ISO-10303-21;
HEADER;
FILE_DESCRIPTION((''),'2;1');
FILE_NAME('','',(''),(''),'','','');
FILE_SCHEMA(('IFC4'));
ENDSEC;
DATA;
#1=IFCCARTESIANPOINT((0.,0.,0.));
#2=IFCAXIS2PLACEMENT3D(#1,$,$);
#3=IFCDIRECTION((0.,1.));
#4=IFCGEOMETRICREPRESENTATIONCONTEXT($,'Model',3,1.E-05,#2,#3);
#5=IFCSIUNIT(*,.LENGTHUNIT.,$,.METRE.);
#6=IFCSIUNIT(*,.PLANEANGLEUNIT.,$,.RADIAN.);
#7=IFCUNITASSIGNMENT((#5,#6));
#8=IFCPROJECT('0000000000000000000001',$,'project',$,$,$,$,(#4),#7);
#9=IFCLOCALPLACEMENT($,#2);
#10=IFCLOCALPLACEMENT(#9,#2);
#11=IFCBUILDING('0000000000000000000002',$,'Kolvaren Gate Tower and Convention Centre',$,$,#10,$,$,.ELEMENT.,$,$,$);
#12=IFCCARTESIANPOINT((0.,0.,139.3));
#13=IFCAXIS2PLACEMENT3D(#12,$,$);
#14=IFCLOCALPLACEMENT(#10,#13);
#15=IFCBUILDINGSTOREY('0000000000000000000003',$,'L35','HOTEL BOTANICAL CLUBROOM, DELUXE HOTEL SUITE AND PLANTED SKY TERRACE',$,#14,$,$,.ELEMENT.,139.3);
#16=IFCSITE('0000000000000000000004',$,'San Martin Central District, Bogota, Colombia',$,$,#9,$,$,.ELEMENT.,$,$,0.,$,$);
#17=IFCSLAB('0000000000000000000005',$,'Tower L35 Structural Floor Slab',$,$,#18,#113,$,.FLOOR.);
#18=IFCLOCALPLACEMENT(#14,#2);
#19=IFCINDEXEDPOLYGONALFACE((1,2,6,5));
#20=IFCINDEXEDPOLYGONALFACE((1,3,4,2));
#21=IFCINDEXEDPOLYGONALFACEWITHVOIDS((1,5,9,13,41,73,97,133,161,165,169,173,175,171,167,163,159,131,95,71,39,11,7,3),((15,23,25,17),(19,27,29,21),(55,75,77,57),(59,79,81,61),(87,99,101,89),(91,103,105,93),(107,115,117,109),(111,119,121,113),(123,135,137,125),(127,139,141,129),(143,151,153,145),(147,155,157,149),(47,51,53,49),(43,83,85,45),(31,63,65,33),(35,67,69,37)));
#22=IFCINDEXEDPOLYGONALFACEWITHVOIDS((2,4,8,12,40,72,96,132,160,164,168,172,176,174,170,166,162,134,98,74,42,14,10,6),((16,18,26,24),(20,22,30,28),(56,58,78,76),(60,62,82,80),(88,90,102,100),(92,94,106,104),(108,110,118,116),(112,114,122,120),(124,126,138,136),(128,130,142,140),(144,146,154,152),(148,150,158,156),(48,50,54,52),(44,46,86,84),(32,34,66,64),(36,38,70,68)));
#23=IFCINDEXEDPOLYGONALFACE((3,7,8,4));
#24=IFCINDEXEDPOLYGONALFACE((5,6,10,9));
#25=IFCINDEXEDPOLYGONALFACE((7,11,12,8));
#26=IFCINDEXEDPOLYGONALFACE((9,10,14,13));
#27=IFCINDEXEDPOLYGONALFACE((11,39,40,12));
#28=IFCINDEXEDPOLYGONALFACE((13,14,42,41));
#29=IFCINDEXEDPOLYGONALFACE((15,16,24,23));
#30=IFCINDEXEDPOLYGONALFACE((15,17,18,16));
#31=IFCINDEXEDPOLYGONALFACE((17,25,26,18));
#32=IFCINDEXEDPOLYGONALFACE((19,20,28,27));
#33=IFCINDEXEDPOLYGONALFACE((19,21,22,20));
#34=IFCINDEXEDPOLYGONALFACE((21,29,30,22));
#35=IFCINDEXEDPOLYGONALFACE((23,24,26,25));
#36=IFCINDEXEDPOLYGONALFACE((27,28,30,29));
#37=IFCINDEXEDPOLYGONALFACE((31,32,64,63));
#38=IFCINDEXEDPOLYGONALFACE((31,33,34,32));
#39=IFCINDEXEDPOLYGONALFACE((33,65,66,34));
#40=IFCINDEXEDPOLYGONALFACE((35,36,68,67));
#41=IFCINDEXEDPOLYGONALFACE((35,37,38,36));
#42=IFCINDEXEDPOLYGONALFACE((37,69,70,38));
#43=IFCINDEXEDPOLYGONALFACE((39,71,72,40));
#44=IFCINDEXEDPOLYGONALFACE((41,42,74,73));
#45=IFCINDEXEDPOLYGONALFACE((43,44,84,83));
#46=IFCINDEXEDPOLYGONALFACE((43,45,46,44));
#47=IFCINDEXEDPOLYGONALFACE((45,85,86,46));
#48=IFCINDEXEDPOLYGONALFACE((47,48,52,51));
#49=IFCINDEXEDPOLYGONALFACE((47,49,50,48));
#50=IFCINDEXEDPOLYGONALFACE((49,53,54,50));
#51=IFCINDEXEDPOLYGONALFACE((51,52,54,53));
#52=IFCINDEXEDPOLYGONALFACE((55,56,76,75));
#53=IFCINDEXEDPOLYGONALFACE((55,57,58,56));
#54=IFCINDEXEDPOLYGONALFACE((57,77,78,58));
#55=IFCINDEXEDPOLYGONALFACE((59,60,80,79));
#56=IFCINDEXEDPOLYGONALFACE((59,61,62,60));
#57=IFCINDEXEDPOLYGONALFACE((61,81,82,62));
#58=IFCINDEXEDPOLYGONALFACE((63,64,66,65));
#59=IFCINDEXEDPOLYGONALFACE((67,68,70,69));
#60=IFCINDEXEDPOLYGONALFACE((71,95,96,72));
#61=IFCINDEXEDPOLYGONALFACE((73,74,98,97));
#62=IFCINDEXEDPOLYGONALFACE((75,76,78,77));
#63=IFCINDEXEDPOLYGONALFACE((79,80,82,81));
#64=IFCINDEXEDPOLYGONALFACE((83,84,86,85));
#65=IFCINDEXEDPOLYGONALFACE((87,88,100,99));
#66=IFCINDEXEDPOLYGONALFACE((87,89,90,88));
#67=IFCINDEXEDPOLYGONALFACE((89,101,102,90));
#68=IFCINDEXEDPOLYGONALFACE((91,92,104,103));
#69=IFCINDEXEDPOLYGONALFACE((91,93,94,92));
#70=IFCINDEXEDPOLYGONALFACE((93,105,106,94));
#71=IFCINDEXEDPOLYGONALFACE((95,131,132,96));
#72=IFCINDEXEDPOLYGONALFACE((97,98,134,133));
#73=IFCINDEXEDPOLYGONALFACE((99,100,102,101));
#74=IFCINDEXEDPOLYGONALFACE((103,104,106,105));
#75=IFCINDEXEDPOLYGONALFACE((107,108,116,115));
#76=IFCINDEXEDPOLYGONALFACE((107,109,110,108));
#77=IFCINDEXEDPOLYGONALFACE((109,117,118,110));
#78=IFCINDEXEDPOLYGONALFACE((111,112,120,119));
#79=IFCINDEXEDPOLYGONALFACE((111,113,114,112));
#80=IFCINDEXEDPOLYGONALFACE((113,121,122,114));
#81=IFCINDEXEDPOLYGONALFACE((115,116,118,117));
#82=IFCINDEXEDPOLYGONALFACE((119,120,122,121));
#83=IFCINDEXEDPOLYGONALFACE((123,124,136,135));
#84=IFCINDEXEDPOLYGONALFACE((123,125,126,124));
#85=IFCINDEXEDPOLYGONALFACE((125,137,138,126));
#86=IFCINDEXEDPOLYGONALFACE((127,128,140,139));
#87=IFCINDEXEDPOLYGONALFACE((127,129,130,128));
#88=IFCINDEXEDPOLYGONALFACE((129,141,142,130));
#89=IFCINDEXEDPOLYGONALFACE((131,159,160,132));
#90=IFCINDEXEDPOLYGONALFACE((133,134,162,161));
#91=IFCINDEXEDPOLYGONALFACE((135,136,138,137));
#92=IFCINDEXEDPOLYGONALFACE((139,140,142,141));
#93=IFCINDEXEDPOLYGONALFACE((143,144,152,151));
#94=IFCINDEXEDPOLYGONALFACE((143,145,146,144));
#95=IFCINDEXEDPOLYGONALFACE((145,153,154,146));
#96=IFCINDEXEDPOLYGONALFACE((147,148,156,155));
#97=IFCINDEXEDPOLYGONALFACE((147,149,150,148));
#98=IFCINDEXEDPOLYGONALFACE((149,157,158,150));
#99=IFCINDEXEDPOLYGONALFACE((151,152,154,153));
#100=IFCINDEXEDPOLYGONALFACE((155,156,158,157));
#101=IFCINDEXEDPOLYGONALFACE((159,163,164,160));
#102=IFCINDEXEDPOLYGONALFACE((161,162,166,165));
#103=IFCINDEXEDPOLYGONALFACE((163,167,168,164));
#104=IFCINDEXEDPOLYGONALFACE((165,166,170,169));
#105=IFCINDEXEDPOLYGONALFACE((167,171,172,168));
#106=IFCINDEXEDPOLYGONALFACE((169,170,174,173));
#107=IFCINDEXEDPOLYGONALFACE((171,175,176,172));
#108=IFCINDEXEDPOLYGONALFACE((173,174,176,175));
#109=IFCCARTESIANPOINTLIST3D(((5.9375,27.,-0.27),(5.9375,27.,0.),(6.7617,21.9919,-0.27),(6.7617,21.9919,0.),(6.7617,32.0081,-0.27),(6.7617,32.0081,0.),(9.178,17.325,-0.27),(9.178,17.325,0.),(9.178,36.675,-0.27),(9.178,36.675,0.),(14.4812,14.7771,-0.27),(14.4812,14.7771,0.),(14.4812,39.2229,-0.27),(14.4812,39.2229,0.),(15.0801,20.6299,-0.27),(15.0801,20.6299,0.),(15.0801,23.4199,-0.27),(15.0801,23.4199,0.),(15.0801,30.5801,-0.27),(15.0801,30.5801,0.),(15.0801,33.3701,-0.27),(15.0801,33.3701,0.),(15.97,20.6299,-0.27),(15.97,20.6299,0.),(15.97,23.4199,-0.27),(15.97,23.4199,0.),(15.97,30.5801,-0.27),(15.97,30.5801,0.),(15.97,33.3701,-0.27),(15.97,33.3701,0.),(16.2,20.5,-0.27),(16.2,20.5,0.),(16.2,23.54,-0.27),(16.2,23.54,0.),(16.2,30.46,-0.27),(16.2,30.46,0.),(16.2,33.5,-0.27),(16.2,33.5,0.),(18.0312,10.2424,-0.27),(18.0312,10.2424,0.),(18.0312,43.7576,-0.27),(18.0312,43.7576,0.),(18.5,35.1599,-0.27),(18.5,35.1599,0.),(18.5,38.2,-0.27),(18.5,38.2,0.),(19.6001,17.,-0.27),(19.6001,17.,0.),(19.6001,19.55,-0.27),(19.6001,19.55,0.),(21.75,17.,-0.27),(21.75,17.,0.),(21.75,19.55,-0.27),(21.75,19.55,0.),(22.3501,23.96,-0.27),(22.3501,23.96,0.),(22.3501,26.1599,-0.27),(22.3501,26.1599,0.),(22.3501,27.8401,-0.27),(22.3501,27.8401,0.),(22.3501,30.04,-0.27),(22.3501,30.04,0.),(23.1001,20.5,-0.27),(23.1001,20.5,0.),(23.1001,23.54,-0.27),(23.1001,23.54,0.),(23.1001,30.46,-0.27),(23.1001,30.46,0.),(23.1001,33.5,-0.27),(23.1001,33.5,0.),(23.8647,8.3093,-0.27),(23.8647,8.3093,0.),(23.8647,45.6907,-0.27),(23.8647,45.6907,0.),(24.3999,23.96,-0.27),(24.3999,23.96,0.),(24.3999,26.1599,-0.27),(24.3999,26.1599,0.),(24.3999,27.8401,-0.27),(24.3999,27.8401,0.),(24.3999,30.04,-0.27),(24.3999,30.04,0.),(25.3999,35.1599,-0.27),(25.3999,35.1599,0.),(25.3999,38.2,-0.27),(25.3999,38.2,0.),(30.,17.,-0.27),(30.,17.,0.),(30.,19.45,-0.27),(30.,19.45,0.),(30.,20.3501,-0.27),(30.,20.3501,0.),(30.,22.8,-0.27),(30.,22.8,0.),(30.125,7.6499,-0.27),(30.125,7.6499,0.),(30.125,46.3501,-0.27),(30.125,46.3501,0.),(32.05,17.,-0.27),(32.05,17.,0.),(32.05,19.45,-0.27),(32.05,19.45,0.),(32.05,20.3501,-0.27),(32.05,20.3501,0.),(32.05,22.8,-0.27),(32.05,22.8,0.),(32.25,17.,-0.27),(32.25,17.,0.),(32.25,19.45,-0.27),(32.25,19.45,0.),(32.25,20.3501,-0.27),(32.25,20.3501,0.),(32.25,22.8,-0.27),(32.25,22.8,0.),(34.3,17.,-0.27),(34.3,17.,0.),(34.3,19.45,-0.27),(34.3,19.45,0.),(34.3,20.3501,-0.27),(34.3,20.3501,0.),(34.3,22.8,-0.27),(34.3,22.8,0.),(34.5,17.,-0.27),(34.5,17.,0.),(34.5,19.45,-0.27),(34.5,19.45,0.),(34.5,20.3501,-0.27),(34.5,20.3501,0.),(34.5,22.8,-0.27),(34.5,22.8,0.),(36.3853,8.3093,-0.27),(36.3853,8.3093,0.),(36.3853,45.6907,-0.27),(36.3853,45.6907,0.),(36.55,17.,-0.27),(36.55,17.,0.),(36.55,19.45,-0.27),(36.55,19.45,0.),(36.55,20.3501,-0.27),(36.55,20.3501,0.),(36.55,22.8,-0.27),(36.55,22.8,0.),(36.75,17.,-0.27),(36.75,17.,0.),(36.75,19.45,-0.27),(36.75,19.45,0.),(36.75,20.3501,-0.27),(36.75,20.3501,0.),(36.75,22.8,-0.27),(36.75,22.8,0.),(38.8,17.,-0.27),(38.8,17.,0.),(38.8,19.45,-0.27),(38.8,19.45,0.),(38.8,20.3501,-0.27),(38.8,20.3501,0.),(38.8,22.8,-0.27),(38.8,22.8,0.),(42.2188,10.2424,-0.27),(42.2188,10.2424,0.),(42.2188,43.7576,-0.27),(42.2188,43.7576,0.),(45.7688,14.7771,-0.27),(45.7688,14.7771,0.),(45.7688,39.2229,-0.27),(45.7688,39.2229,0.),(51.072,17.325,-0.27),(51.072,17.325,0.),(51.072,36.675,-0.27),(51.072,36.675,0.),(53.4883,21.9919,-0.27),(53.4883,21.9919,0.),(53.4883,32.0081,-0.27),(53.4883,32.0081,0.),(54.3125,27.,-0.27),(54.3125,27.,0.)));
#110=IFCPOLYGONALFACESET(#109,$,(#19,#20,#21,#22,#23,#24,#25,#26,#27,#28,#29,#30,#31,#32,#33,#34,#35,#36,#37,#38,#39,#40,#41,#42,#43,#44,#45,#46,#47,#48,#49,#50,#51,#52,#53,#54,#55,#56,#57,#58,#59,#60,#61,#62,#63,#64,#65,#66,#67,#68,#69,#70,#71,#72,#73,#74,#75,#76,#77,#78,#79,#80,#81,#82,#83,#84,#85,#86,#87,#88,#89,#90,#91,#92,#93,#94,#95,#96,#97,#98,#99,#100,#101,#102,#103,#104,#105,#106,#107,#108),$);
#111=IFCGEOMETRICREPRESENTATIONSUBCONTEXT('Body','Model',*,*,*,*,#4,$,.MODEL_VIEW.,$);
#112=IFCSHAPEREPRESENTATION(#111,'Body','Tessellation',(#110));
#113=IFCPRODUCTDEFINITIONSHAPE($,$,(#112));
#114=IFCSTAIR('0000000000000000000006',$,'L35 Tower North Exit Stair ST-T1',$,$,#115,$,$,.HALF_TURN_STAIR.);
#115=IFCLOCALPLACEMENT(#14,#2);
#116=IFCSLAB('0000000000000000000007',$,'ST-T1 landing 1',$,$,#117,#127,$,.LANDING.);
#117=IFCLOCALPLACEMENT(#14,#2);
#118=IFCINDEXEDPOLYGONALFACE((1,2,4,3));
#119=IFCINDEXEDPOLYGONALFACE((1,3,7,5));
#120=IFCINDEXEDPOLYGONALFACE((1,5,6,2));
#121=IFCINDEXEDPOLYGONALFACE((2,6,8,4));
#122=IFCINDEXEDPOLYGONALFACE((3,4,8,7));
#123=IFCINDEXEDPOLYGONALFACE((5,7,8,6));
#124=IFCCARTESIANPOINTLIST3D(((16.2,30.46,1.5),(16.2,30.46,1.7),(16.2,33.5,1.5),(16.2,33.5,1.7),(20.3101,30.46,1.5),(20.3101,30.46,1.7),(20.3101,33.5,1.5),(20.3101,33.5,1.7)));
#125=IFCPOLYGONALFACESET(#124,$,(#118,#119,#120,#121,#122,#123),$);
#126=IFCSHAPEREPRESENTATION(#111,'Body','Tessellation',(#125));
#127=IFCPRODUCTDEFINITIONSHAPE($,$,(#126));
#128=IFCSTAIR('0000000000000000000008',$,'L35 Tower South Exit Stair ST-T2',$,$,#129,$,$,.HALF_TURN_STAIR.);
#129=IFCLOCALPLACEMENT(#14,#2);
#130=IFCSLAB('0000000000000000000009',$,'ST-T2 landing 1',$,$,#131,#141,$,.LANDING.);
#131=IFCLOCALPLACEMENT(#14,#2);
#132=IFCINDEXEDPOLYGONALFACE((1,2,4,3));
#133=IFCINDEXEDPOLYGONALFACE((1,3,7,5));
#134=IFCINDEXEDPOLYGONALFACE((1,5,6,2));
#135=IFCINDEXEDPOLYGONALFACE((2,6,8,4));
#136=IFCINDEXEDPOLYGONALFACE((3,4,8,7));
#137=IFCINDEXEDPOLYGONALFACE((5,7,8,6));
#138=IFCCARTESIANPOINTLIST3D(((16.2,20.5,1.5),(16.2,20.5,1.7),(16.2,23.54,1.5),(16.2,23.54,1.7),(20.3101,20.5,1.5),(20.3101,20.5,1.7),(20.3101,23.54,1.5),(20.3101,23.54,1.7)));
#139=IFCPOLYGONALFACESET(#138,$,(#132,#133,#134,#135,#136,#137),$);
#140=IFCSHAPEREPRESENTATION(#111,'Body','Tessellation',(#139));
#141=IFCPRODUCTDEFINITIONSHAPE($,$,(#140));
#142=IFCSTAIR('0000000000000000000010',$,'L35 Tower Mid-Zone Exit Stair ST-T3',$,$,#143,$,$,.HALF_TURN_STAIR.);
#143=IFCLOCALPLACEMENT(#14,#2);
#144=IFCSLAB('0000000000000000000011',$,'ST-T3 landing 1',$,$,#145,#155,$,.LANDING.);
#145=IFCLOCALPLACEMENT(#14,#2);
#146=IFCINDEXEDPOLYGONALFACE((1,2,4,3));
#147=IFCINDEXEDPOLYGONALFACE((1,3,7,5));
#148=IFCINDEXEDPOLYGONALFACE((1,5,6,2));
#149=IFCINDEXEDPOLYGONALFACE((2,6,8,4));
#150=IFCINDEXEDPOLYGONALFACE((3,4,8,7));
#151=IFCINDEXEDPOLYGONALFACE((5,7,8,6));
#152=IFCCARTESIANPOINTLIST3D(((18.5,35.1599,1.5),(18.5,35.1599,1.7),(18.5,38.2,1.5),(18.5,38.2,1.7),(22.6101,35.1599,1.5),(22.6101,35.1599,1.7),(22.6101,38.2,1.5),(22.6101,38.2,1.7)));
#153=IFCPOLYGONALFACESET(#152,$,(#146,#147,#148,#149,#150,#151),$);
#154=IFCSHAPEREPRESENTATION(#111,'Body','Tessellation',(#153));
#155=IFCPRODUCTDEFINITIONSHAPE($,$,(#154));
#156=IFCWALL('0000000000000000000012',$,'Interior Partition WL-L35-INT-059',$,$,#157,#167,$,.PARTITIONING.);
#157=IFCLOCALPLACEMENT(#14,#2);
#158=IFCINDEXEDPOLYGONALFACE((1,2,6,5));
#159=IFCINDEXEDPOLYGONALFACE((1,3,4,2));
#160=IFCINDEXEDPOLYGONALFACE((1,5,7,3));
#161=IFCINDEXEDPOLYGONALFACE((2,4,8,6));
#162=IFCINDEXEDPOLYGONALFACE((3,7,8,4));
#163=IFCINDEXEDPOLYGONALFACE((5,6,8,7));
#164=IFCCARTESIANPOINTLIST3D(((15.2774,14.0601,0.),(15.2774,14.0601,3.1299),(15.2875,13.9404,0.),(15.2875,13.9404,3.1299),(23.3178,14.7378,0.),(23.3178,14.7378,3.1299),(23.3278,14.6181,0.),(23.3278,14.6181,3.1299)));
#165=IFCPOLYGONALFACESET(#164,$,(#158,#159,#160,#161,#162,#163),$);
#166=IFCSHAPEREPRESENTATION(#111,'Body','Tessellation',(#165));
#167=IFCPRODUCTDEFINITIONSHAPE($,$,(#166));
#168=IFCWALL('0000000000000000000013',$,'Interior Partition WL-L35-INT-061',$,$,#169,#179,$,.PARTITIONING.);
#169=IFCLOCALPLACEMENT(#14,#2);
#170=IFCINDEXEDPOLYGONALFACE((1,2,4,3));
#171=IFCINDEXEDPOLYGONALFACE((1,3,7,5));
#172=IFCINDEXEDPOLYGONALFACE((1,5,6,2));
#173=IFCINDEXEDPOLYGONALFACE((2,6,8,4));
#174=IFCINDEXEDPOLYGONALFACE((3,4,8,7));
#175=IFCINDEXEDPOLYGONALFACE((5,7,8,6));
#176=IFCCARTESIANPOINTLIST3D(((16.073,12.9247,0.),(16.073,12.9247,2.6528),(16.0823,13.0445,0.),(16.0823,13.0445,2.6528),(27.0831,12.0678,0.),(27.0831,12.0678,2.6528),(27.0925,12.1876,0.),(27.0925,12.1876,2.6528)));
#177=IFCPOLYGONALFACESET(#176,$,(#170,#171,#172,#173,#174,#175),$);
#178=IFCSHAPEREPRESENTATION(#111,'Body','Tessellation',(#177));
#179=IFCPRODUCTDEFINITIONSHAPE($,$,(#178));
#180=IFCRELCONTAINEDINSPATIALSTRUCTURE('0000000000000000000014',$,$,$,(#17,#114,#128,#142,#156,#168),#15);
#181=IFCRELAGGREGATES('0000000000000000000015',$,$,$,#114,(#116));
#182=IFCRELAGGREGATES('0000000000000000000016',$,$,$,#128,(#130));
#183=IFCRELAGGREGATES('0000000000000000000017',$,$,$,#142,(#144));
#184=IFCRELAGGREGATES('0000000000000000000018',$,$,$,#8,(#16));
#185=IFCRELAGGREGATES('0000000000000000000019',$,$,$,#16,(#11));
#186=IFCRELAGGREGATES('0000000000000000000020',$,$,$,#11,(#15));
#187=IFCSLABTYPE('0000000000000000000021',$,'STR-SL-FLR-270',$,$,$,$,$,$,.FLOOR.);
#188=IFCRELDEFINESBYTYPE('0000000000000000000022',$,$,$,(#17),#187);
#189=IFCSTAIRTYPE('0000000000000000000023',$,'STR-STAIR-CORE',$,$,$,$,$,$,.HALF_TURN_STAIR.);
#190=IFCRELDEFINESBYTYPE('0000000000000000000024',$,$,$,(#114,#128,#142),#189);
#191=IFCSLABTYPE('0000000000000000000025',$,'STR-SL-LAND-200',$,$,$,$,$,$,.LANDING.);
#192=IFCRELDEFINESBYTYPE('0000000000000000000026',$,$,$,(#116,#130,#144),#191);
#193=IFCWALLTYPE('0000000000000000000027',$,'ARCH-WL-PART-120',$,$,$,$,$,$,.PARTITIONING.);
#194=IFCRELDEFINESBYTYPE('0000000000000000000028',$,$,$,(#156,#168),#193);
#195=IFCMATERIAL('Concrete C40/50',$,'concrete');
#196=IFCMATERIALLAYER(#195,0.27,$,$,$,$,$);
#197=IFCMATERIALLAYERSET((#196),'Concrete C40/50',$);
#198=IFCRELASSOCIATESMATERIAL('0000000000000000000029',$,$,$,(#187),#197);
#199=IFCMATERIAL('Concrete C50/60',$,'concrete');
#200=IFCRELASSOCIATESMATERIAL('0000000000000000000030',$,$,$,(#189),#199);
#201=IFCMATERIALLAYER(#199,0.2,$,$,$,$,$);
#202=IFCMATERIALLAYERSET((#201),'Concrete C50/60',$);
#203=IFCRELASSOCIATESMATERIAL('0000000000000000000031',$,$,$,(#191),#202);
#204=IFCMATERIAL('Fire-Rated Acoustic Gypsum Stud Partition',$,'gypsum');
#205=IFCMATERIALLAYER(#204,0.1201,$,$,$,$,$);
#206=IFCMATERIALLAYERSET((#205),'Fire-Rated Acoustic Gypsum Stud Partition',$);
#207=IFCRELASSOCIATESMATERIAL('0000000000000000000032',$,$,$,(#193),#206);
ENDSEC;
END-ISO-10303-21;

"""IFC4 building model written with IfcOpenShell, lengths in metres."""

from ifc_helpers import new_model, si_unit, direction, frame, frame_2d, origin, place, context, subcontext, project, spatial, polyline, rectangle, outline, extrude, material, layer, layer_set, type_object, element, aggregate, save


model = new_model("IFC4")

# Units and contexts
model_context = context("Model", 3, precision=1e-05, world=origin(), true_north=direction((0.0, 1.0)))
body_context = subcontext(model_context, "Body", "Model", "MODEL_VIEW")
ifc_project = project(units=[si_unit("LENGTHUNIT", "METRE"), si_unit("PLANEANGLEUNIT", "RADIAN")], contexts=[model_context])

# Site, building, storey
site_placement = place(None, origin())
site = spatial("IfcSite", under=ifc_project, at=site_placement, Name="San Martin Central District, Bogota, Colombia", CompositionType="ELEMENT", RefElevation=0.0)
building_placement = place(site_placement, origin())
building = spatial("IfcBuilding", under=site, at=building_placement, Name="Kolvaren Gate Tower and Convention Centre", CompositionType="ELEMENT")
storey_placement = place(building_placement, frame((0.0, 0.0, 139.3)))
storey = spatial("IfcBuildingStorey", under=building, at=storey_placement, Name="L35", Description="HOTEL BOTANICAL CLUBROOM, DELUXE HOTEL SUITE AND PLANTED SKY TERRACE", CompositionType="ELEMENT", Elevation=139.3)

# Slab
ifc_material_1 = material(Name="Concrete C50/60", Category="concrete")
ifc_material_2 = material(Name="Concrete C40/50", Category="concrete")
ifc_layer_1 = layer(ifc_material_2, 0.27)
ifc_layer_set_1 = layer_set([ifc_layer_1], Name="Concrete C40/50")
slab_type_1 = type_object("IfcSlabType", Name="STR-SL-FLR-270", PredefinedType="FLOOR", material=ifc_layer_set_1)
slab_1_placement = place(storey_placement, frame((0.0, 0.0, -0.27)))
element("IfcSlab", 1, at=slab_1_placement, inside=storey, type_object=slab_type_1, Name="Tower L35 Structural Floor Slab", PredefinedType="FLOOR", context=body_context, shape_type="SweptSolid", body=[
    extrude(outline(polyline([(54.3125, 27.0), (53.4883, 32.0081), (51.072, 36.675), (45.7688, 39.2229), (42.2188, 43.7576), (36.3853, 45.6907), (30.125, 46.3501), (23.8647, 45.6907), (18.0312, 43.7576), (14.4812, 39.2229), (9.178, 36.675), (6.7617, 32.0081), (5.9375, 27.0), (6.7617, 21.9919), (9.178, 17.325), (14.4812, 14.7771), (18.0312, 10.2424), (23.8647, 8.3093), (30.125, 7.6499), (36.3853, 8.3093), (42.2188, 10.2424), (45.7688, 14.7771), (51.072, 17.325), (53.4883, 21.9919), (54.3125, 27.0)]), holes=[polyline([(36.75, 17.0), (36.75, 19.45), (38.8, 19.45), (38.8, 17.0), (36.75, 17.0)]), polyline([(36.75, 20.3501), (36.75, 22.8), (38.8, 22.8), (38.8, 20.3501), (36.75, 20.3501)]), polyline([(34.5, 17.0), (34.5, 19.45), (36.55, 19.45), (36.55, 17.0), (34.5, 17.0)]), polyline([(34.5, 20.3501), (34.5, 22.8), (36.55, 22.8), (36.55, 20.3501), (34.5, 20.3501)]), polyline([(32.25, 17.0), (32.25, 19.45), (34.3, 19.45), (34.3, 17.0), (32.25, 17.0)]), polyline([(32.25, 20.3501), (32.25, 22.8), (34.3, 22.8), (34.3, 20.3501), (32.25, 20.3501)]), polyline([(30.0, 17.0), (30.0, 19.45), (32.05, 19.45), (32.05, 17.0), (30.0, 17.0)]), polyline([(30.0, 20.3501), (30.0, 22.8), (32.05, 22.8), (32.05, 20.3501), (30.0, 20.3501)]), polyline([(25.3999, 38.2), (25.3999, 35.1599), (18.5, 35.1599), (18.5, 38.2), (25.3999, 38.2)]), polyline([(22.3501, 23.96), (22.3501, 26.1599), (24.3999, 26.1599), (24.3999, 23.96), (22.3501, 23.96)]), polyline([(22.3501, 27.8401), (22.3501, 30.04), (24.3999, 30.04), (24.3999, 27.8401), (22.3501, 27.8401)]), polyline([(23.1001, 23.54), (23.1001, 20.5), (16.2, 20.5), (16.2, 23.54), (23.1001, 23.54)]), polyline([(23.1001, 33.5), (23.1001, 30.46), (16.2, 30.46), (16.2, 33.5), (23.1001, 33.5)]), polyline([(19.6001, 17.0), (19.6001, 19.55), (21.75, 19.55), (21.75, 17.0), (19.6001, 17.0)]), polyline([(15.0801, 20.6299), (15.0801, 23.4199), (15.97, 23.4199), (15.97, 20.6299), (15.0801, 20.6299)]), polyline([(15.0801, 30.5801), (15.0801, 33.3701), (15.97, 33.3701), (15.97, 30.5801), (15.0801, 30.5801)])]), origin(), (0.0, 0.0, 1.0), 0.27),
])

# Stairs, slabs
stair_type = type_object("IfcStairType", Name="STR-STAIR-CORE", PredefinedType="HALF_TURN_STAIR", material=ifc_material_1)
stair_1_placement = place(storey_placement, origin())
stair_1 = element("IfcStair", 2, at=stair_1_placement, inside=storey, type_object=stair_type, Name="L35 Tower North Exit Stair ST-T1", PredefinedType="HALF_TURN_STAIR")
ifc_layer_2 = layer(ifc_material_1, 0.2)
ifc_layer_set_2 = layer_set([ifc_layer_2], Name="Concrete C50/60")
slab_type_2 = type_object("IfcSlabType", Name="STR-SL-LAND-200", PredefinedType="LANDING", material=ifc_layer_set_2)
slab_2_placement = place(storey_placement, frame((0.0, 0.0, 1.5)))
slab_2 = element("IfcSlab", 3, at=slab_2_placement, type_object=slab_type_2, Name="ST-T1 landing 1", PredefinedType="LANDING", context=body_context, shape_type="SweptSolid", body=[
    extrude(outline(polyline([(20.3101, 33.5), (16.2, 33.5), (16.2, 30.46), (20.3101, 30.46), (20.3101, 33.5)])), origin(), (0.0, 0.0, 1.0), 0.2),
])
aggregate(stair_1, [slab_2])
stair_2_placement = place(storey_placement, origin())
stair_2 = element("IfcStair", 4, at=stair_2_placement, inside=storey, type_object=stair_type, Name="L35 Tower South Exit Stair ST-T2", PredefinedType="HALF_TURN_STAIR")
slab_3_placement = place(storey_placement, frame((0.0, 0.0, 1.5)))
slab_3 = element("IfcSlab", 5, at=slab_3_placement, type_object=slab_type_2, Name="ST-T2 landing 1", PredefinedType="LANDING", context=body_context, shape_type="SweptSolid", body=[
    extrude(outline(polyline([(20.3101, 23.54), (16.2, 23.54), (16.2, 20.5), (20.3101, 20.5), (20.3101, 23.54)])), origin(), (0.0, 0.0, 1.0), 0.2),
])
aggregate(stair_2, [slab_3])
stair_3_placement = place(storey_placement, origin())
stair_3 = element("IfcStair", 6, at=stair_3_placement, inside=storey, type_object=stair_type, Name="L35 Tower Mid-Zone Exit Stair ST-T3", PredefinedType="HALF_TURN_STAIR")
slab_4_placement = place(storey_placement, frame((0.0, 0.0, 1.5)))
slab_4 = element("IfcSlab", 7, at=slab_4_placement, type_object=slab_type_2, Name="ST-T3 landing 1", PredefinedType="LANDING", context=body_context, shape_type="SweptSolid", body=[
    extrude(outline(polyline([(22.6101, 38.2), (18.5, 38.2), (18.5, 35.1599), (22.6101, 35.1599), (22.6101, 38.2)])), origin(), (0.0, 0.0, 1.0), 0.2),
])
aggregate(stair_3, [slab_4])

# Walls
ifc_material_3 = material(Name="Fire-Rated Acoustic Gypsum Stud Partition", Category="gypsum")
ifc_layer_3 = layer(ifc_material_3, 0.1201)
ifc_layer_set_3 = layer_set([ifc_layer_3], Name="Fire-Rated Acoustic Gypsum Stud Partition")
wall_type_1 = type_object("IfcWallType", Name="ARCH-WL-PART-120", PredefinedType="PARTITIONING", material=ifc_layer_set_3)
wall_1_placement = place(storey_placement, frame((15.2825, 14.0002, 0.0), z_axis=(0.0, 0.0, 1.0), x_axis=(0.996466, 0.083994, 0.0)))
element("IfcWall", 8, at=wall_1_placement, inside=storey, type_object=wall_type_1, Name="Interior Partition WL-L35-INT-059", PredefinedType="PARTITIONING", context=body_context, shape_type="SweptSolid", body=[
    extrude(rectangle(XDim=8.0688, YDim=0.1201, at=frame_2d((4.0344, 0.0))), origin(), (0.0, 0.0, 1.0), 3.1299),
])
wall_2_placement = place(storey_placement, frame((16.0776, 12.9846, 0.0), z_axis=(0.0, 0.0, 1.0), x_axis=(0.996985, -0.077596, 0.0)))
element("IfcWall", 9, at=wall_2_placement, inside=storey, type_object=wall_type_1, Name="Interior Partition WL-L35-INT-061", PredefinedType="PARTITIONING", context=body_context, shape_type="SweptSolid", body=[
    extrude(rectangle(XDim=11.0435, YDim=0.1201, at=frame_2d((5.5217, 0.0))), origin(), (0.0, 0.0, 1.0), 2.6528),
])

save(model, "model.ifc")
